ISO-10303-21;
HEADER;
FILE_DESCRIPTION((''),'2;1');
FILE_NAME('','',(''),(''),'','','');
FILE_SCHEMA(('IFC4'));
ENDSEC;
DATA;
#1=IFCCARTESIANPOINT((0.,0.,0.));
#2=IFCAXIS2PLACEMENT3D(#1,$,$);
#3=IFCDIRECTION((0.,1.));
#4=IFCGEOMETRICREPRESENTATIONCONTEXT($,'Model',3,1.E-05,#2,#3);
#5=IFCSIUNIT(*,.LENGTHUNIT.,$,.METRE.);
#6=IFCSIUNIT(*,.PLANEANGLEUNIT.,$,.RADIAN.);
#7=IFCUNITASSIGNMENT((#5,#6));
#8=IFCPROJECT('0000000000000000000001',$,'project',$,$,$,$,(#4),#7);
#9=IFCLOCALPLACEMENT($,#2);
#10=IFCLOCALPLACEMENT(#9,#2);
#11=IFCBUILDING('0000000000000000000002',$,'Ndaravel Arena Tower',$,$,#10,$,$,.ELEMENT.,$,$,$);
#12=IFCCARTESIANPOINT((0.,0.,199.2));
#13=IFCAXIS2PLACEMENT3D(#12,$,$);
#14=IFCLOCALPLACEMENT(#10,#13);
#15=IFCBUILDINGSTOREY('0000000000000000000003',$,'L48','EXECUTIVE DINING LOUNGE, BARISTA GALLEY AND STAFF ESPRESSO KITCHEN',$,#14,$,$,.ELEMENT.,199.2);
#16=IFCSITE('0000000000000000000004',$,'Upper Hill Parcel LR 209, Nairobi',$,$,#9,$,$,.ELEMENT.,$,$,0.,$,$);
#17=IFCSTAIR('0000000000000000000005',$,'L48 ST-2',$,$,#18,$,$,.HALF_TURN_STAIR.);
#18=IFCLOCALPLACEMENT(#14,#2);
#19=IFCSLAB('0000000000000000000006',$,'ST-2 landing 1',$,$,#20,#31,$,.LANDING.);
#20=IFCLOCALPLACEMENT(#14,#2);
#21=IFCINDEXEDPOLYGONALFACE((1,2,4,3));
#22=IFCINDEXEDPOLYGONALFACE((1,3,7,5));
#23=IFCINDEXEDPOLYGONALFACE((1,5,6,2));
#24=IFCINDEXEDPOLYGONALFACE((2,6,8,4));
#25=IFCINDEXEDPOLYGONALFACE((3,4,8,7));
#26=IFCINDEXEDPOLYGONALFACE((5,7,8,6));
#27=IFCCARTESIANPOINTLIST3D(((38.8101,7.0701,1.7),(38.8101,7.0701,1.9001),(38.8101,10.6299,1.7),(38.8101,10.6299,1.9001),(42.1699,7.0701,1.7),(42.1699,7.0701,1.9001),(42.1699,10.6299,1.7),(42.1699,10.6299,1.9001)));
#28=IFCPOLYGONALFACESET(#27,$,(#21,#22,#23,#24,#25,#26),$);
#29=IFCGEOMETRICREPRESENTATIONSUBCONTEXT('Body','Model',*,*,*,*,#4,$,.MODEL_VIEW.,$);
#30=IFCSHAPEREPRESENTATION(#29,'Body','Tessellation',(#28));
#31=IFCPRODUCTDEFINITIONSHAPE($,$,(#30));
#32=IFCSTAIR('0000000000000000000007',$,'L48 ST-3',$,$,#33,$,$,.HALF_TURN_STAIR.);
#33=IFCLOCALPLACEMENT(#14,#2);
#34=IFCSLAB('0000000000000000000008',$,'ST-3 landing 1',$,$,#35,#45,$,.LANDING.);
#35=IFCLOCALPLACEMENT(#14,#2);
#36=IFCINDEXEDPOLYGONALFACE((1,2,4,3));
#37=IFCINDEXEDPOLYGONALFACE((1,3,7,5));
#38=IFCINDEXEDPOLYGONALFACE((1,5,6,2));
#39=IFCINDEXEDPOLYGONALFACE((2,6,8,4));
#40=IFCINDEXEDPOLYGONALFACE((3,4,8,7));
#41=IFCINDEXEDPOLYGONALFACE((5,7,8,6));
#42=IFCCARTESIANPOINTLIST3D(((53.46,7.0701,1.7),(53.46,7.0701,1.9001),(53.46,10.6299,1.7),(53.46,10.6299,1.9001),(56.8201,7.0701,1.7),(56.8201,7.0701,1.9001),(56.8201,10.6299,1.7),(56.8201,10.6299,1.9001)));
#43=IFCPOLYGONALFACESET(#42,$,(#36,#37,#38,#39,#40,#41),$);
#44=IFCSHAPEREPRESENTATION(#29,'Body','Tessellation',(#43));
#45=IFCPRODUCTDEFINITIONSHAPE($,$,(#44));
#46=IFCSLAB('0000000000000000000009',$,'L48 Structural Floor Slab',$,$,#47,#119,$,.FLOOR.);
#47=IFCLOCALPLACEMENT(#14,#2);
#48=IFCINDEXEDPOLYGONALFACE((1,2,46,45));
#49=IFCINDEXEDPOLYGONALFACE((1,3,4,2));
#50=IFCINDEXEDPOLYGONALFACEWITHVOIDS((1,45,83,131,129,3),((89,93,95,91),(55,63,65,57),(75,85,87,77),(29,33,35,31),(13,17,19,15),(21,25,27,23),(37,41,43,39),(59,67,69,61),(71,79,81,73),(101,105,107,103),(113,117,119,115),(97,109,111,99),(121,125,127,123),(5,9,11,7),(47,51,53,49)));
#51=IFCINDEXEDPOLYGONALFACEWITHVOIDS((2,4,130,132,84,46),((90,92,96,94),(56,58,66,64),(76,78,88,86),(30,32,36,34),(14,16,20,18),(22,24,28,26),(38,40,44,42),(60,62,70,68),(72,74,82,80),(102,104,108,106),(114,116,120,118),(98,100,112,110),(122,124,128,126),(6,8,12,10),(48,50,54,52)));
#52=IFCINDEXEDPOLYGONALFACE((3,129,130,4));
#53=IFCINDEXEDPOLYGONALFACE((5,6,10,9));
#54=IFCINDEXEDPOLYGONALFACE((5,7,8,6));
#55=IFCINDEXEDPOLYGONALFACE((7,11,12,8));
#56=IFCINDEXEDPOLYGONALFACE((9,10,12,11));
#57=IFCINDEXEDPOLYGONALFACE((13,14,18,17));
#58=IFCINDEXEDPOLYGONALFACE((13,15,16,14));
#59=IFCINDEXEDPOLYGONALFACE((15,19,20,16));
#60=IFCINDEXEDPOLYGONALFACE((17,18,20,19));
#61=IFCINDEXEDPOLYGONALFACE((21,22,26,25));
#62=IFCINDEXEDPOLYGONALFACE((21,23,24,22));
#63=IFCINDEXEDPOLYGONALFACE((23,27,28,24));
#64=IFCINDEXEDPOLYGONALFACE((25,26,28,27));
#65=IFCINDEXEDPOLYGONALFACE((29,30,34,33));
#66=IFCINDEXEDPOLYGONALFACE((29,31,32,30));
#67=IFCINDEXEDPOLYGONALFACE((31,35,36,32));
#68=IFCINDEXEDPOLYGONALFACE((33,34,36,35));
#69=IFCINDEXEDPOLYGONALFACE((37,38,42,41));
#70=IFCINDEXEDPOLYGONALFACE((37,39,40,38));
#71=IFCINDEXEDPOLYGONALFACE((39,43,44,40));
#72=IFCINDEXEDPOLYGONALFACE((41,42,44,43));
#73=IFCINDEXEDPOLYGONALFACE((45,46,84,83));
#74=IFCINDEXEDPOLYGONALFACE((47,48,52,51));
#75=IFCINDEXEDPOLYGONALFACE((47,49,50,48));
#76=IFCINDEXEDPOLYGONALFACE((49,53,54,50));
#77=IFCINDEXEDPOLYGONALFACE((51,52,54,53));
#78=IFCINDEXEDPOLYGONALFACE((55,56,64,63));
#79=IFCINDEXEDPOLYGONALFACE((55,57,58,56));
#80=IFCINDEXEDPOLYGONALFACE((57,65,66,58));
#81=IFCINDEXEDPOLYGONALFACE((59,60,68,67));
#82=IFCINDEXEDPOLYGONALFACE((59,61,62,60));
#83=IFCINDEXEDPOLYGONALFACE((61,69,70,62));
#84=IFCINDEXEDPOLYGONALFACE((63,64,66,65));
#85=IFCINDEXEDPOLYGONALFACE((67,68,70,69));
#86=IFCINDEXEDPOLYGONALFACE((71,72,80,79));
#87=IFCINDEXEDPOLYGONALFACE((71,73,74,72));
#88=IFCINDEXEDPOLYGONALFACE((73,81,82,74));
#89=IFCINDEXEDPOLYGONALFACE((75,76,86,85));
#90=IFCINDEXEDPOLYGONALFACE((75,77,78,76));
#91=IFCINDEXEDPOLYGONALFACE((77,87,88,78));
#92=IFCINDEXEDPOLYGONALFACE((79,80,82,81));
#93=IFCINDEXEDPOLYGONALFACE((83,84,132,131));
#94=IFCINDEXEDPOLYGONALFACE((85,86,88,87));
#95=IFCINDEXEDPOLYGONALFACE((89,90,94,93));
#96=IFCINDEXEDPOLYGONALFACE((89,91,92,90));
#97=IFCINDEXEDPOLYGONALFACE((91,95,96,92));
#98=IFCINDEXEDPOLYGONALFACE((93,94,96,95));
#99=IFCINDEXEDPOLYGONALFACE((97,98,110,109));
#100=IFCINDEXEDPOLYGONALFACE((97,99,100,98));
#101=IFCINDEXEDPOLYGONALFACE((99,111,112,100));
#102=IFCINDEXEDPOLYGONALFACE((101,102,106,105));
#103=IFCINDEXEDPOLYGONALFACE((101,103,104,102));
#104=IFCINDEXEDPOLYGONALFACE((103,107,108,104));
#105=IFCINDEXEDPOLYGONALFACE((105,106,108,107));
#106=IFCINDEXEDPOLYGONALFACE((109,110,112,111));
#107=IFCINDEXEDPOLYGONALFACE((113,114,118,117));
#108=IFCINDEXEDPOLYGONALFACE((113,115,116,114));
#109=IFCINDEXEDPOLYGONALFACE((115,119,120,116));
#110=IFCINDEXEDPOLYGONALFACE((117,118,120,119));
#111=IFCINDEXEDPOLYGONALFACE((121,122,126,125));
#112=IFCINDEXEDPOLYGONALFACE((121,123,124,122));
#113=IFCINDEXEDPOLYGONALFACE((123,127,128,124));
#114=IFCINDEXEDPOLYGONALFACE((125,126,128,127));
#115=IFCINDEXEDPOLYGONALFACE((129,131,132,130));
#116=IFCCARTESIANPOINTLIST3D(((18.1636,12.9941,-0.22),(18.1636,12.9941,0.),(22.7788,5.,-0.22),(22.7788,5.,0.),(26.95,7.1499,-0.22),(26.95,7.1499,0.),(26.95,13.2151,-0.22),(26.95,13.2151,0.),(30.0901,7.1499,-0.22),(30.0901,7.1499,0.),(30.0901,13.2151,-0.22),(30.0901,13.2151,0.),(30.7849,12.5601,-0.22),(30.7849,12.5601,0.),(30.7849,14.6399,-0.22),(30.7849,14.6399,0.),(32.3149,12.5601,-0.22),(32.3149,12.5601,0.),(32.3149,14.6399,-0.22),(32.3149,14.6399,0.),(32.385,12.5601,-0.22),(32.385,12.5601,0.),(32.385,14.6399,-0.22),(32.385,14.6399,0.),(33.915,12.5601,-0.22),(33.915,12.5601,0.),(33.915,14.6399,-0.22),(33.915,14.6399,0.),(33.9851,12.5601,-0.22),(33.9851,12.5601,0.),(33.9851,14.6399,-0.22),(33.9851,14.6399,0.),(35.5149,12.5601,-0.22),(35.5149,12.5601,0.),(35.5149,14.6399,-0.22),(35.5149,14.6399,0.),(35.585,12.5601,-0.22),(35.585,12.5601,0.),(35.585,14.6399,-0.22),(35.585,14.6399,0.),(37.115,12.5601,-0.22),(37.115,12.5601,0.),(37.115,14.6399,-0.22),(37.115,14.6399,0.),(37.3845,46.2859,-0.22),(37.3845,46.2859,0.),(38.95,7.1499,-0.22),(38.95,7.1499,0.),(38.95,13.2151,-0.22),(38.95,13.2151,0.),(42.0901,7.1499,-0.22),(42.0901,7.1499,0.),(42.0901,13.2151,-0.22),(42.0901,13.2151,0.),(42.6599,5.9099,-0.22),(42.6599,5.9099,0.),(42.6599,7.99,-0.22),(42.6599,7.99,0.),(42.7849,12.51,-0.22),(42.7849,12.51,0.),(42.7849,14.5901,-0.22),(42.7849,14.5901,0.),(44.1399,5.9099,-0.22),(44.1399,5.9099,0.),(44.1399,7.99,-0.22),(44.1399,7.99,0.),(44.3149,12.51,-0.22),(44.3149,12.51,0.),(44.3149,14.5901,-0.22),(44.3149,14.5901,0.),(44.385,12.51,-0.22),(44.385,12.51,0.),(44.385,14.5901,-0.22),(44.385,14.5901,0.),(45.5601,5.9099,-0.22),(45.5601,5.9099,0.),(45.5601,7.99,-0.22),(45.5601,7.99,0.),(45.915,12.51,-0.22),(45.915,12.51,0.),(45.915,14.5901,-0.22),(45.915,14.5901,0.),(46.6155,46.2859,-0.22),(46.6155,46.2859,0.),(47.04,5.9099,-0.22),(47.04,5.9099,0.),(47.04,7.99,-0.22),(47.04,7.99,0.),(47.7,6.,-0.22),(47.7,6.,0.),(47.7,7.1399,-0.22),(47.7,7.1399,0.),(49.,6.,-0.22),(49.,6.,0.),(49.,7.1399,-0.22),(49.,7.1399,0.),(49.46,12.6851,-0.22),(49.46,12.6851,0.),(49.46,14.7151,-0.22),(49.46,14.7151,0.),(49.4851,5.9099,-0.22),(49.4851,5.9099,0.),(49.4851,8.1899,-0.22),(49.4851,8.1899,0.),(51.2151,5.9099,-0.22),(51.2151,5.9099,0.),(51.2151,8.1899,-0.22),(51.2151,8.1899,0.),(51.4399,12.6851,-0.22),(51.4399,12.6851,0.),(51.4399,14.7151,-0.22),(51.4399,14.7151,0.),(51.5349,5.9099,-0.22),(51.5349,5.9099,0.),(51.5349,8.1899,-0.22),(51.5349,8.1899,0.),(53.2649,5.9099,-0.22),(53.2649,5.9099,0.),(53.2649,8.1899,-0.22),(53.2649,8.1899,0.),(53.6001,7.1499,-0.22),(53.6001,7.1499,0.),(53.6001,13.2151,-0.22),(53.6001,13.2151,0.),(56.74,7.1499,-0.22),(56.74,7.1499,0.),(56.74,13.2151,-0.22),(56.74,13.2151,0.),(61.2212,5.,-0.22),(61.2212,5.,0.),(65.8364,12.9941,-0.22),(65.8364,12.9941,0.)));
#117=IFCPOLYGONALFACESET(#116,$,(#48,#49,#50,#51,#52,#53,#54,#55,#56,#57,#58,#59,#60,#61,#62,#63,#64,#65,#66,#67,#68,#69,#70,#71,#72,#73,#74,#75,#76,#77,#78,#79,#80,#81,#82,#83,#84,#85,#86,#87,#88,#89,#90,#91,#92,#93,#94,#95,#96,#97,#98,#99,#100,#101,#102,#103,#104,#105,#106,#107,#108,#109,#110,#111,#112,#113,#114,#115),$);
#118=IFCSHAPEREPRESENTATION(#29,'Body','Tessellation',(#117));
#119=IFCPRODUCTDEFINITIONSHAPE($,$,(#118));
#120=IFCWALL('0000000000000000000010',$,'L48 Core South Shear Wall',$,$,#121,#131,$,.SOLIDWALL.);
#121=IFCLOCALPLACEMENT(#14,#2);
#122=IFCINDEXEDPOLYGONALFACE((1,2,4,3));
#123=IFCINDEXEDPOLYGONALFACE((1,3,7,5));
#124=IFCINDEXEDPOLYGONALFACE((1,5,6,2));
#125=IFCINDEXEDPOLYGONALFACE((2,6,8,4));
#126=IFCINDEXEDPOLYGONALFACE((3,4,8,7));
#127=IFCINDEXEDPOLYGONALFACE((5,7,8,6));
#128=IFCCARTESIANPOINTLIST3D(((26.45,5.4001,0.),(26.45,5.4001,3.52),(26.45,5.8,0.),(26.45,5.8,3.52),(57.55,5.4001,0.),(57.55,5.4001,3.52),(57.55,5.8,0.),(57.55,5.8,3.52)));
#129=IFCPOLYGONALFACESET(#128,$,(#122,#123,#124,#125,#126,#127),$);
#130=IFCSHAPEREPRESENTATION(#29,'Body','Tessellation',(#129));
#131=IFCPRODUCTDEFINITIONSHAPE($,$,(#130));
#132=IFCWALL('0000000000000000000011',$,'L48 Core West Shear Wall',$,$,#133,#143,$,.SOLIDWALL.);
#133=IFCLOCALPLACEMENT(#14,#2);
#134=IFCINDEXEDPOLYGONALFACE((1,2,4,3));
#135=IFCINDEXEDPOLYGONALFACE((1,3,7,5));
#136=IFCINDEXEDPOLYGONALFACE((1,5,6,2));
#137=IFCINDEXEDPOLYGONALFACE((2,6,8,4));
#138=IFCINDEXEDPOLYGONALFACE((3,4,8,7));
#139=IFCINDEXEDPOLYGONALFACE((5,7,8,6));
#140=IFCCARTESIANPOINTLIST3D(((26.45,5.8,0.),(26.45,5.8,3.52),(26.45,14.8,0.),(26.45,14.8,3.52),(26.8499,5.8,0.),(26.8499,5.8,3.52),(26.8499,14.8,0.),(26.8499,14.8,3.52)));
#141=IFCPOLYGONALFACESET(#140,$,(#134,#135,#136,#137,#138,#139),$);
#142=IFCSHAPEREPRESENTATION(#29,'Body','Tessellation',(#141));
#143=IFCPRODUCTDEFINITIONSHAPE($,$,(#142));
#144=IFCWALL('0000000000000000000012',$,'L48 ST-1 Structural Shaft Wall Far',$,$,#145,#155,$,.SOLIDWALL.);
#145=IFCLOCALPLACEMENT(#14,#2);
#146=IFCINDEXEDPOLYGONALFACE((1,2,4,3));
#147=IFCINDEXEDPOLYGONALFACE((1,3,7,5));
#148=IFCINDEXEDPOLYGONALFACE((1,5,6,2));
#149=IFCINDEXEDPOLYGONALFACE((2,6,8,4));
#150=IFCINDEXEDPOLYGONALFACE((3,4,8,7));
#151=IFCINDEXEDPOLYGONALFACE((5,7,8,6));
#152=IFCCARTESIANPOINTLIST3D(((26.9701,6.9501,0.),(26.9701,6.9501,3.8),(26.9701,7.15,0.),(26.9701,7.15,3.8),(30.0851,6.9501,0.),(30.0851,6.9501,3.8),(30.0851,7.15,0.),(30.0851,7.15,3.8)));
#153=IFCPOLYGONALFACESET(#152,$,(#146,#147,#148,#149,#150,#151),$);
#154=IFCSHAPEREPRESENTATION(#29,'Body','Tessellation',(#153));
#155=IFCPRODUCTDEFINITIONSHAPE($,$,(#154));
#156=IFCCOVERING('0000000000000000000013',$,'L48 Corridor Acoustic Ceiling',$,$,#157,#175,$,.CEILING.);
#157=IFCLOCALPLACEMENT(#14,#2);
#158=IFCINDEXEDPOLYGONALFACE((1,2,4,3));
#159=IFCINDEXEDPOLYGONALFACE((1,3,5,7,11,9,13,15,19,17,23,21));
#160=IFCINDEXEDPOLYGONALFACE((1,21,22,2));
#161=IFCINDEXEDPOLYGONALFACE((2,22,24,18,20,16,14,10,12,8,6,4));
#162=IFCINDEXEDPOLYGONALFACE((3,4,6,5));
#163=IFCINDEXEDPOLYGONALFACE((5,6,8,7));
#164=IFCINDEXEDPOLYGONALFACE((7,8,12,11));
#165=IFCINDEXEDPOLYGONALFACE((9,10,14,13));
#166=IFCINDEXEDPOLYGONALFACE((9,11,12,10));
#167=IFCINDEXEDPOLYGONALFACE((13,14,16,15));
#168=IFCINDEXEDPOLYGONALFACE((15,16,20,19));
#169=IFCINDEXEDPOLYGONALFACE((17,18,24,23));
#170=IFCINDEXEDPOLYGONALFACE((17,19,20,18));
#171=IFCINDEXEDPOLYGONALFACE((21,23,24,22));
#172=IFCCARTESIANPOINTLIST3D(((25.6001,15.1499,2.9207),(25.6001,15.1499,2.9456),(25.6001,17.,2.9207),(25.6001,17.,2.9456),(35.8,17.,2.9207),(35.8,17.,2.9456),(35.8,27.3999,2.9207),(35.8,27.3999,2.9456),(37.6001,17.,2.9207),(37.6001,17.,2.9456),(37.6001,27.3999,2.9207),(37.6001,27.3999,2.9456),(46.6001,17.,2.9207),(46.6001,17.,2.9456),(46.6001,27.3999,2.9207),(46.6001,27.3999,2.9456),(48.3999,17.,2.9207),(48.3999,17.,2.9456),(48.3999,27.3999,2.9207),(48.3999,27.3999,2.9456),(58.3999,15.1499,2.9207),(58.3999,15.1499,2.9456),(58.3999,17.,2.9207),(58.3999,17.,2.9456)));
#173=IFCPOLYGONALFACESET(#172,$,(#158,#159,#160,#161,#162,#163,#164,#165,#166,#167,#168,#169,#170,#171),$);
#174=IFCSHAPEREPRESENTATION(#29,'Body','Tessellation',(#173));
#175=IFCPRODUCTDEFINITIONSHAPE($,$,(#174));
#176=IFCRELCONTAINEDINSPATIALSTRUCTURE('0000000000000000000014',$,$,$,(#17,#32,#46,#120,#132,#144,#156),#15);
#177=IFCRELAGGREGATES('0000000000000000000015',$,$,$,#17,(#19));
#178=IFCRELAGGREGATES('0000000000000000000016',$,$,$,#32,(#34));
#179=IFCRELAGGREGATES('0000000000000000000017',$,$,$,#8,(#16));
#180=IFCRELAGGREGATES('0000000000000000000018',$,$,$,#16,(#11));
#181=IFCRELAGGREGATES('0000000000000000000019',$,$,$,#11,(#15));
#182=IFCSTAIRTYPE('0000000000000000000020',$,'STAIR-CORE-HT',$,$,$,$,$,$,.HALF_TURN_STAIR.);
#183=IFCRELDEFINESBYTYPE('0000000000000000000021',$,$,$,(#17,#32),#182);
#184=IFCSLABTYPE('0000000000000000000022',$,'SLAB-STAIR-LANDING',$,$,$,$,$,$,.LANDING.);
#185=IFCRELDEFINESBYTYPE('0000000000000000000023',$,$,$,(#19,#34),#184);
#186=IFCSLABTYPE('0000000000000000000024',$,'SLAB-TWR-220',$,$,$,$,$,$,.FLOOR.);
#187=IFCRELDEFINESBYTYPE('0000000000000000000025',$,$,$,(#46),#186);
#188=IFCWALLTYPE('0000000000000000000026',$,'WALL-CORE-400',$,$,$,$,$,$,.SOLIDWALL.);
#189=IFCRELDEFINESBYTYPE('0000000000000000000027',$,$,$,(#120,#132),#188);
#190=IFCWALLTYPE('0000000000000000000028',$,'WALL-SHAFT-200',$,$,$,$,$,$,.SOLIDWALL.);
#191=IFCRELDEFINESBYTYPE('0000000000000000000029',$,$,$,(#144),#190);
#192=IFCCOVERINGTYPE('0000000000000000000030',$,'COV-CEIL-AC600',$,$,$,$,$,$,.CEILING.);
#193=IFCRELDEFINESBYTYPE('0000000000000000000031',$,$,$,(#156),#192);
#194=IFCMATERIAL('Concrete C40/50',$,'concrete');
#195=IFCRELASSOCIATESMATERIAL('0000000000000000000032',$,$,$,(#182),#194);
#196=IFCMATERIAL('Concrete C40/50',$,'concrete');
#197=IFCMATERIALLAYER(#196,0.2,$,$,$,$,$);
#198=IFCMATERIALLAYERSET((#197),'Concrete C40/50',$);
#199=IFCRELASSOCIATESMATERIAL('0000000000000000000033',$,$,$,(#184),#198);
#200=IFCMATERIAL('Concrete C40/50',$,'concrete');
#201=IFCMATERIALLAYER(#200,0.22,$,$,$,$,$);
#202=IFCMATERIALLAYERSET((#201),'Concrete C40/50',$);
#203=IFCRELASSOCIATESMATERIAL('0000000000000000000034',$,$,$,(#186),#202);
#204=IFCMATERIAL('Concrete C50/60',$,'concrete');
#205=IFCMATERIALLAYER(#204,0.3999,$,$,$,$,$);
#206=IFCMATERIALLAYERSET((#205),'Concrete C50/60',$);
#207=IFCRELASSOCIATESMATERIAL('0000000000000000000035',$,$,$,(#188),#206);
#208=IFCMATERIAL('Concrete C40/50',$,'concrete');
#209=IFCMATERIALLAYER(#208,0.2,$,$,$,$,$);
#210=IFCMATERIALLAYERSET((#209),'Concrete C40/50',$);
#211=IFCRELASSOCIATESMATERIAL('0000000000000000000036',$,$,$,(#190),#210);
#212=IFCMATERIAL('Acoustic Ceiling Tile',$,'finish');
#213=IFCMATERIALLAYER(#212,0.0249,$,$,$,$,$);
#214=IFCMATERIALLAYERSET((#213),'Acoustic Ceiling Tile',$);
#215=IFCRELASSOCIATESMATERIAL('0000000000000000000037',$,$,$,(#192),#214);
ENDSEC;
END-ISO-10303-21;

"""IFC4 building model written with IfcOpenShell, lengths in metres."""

from ifc_helpers import new_model, si_unit, direction, frame, frame_2d, origin, place, context, subcontext, project, spatial, polyline, rectangle, outline, extrude, material, layer, layer_set, type_object, element, aggregate, save


model = new_model("IFC4")

# Units and contexts
model_context = context("Model", 3, precision=1e-05, world=origin(), true_north=direction((0.0, 1.0)))
body_context = subcontext(model_context, "Body", "Model", "MODEL_VIEW")
ifc_project = project(units=[si_unit("LENGTHUNIT", "METRE"), si_unit("PLANEANGLEUNIT", "RADIAN")], contexts=[model_context])

# Site, building, storey
site_placement = place(None, origin())
site = spatial("IfcSite", under=ifc_project, at=site_placement, Name="Upper Hill Parcel LR 209, Nairobi", CompositionType="ELEMENT", RefElevation=0.0)
building_placement = place(site_placement, origin())
building = spatial("IfcBuilding", under=site, at=building_placement, Name="Ndaravel Arena Tower", CompositionType="ELEMENT")
storey_placement = place(building_placement, frame((0.0, 0.0, 199.2)))
storey = spatial("IfcBuildingStorey", under=building, at=storey_placement, Name="L48", Description="EXECUTIVE DINING LOUNGE, BARISTA GALLEY AND STAFF ESPRESSO KITCHEN", CompositionType="ELEMENT", Elevation=199.2)

# Stairs, slabs
ifc_material_1 = material(Name="Concrete C40/50", Category="concrete")
stair_type = type_object("IfcStairType", Name="STAIR-CORE-HT", PredefinedType="HALF_TURN_STAIR", material=ifc_material_1)
ifc_material_2 = material(Name="Concrete C40/50", Category="concrete")
ifc_layer_1 = layer(ifc_material_2, 0.2)
ifc_layer_set_1 = layer_set([ifc_layer_1], Name="Concrete C40/50")
slab_type_1 = type_object("IfcSlabType", Name="SLAB-STAIR-LANDING", PredefinedType="LANDING", material=ifc_layer_set_1)
stair_1_placement = place(storey_placement, origin())
stair_1 = element("IfcStair", 1, at=stair_1_placement, inside=storey, type_object=stair_type, Name="L48 ST-2", PredefinedType="HALF_TURN_STAIR")
slab_1_placement = place(storey_placement, frame((0.0, 0.0, 1.7)))
slab_1 = element("IfcSlab", 2, at=slab_1_placement, type_object=slab_type_1, Name="ST-2 landing 1", PredefinedType="LANDING", context=body_context, shape_type="SweptSolid", body=[
    extrude(outline(polyline([(38.8101, 10.6299), (38.8101, 7.0701), (42.1699, 7.0701), (42.1699, 10.6299), (38.8101, 10.6299)])), origin(), (0.0, 0.0, 1.0), 0.2002),
])
aggregate(stair_1, [slab_1])
stair_2_placement = place(storey_placement, origin())
stair_2 = element("IfcStair", 3, at=stair_2_placement, inside=storey, type_object=stair_type, Name="L48 ST-3", PredefinedType="HALF_TURN_STAIR")
slab_2_placement = place(storey_placement, frame((0.0, 0.0, 1.7)))
slab_2 = element("IfcSlab", 4, at=slab_2_placement, type_object=slab_type_1, Name="ST-3 landing 1", PredefinedType="LANDING", context=body_context, shape_type="SweptSolid", body=[
    extrude(outline(polyline([(53.46, 10.6299), (53.46, 7.0701), (56.8201, 7.0701), (56.8201, 10.6299), (53.46, 10.6299)])), origin(), (0.0, 0.0, 1.0), 0.2002),
])
aggregate(stair_2, [slab_2])

# Slab
ifc_material_3 = material(Name="Concrete C40/50", Category="concrete")
ifc_layer_2 = layer(ifc_material_3, 0.22)
ifc_layer_set_2 = layer_set([ifc_layer_2], Name="Concrete C40/50")
slab_type_2 = type_object("IfcSlabType", Name="SLAB-TWR-220", PredefinedType="FLOOR", material=ifc_layer_set_2)
slab_3_placement = place(storey_placement, frame((0.0, 0.0, -0.22)))
element("IfcSlab", 5, at=slab_3_placement, inside=storey, type_object=slab_type_2, Name="L48 Structural Floor Slab", PredefinedType="FLOOR", context=body_context, shape_type="SweptSolid", body=[
    extrude(outline(polyline([(18.1636, 12.9941), (22.7788, 5.0), (61.2212, 5.0), (65.8364, 12.9941), (46.6155, 46.2859), (37.3845, 46.2859), (18.1636, 12.9941)]), holes=[polyline([(26.95, 13.2151), (26.95, 7.1499), (30.0901, 7.1499), (30.0901, 13.2151), (26.95, 13.2151)]), polyline([(38.95, 13.2151), (38.95, 7.1499), (42.0901, 7.1499), (42.0901, 13.2151), (38.95, 13.2151)]), polyline([(53.6001, 13.2151), (53.6001, 7.1499), (56.74, 7.1499), (56.74, 13.2151), (53.6001, 13.2151)]), polyline([(30.7849, 12.5601), (32.3149, 12.5601), (32.3149, 14.6399), (30.7849, 14.6399), (30.7849, 12.5601)]), polyline([(32.385, 12.5601), (33.915, 12.5601), (33.915, 14.6399), (32.385, 14.6399), (32.385, 12.5601)]), polyline([(33.9851, 12.5601), (35.5149, 12.5601), (35.5149, 14.6399), (33.9851, 14.6399), (33.9851, 12.5601)]), polyline([(35.585, 12.5601), (37.115, 12.5601), (37.115, 14.6399), (35.585, 14.6399), (35.585, 12.5601)]), polyline([(42.6599, 5.9099), (44.1399, 5.9099), (44.1399, 7.99), (42.6599, 7.99), (42.6599, 5.9099)]), polyline([(45.5601, 5.9099), (47.04, 5.9099), (47.04, 7.99), (45.5601, 7.99), (45.5601, 5.9099)]), polyline([(42.7849, 12.51), (44.3149, 12.51), (44.3149, 14.5901), (42.7849, 14.5901), (42.7849, 12.51)]), polyline([(44.385, 12.51), (45.915, 12.51), (45.915, 14.5901), (44.385, 14.5901), (44.385, 12.51)]), polyline([(49.4851, 5.9099), (51.2151, 5.9099), (51.2151, 8.1899), (49.4851, 8.1899), (49.4851, 5.9099)]), polyline([(51.5349, 5.9099), (53.2649, 5.9099), (53.2649, 8.1899), (51.5349, 8.1899), (51.5349, 5.9099)]), polyline([(49.46, 12.6851), (51.4399, 12.6851), (51.4399, 14.7151), (49.46, 14.7151), (49.46, 12.6851)]), polyline([(47.7, 6.0), (49.0, 6.0), (49.0, 7.1399), (47.7, 7.1399), (47.7, 6.0)])]), origin(), (0.0, 0.0, 1.0), 0.22),
])

# Walls
ifc_material_4 = material(Name="Concrete C50/60", Category="concrete")
ifc_layer_3 = layer(ifc_material_4, 0.3999)
ifc_layer_set_3 = layer_set([ifc_layer_3], Name="Concrete C50/60")
wall_type_1 = type_object("IfcWallType", Name="WALL-CORE-400", PredefinedType="SOLIDWALL", material=ifc_layer_set_3)
wall_1_placement = place(storey_placement, frame((26.45, 5.6001, 0.0), z_axis=(0.0, 0.0, 1.0), x_axis=(1.0, 0.0, 0.0)))
element("IfcWall", 6, at=wall_1_placement, inside=storey, type_object=wall_type_1, Name="L48 Core South Shear Wall", PredefinedType="SOLIDWALL", context=body_context, shape_type="SweptSolid", body=[
    extrude(rectangle(XDim=31.1001, YDim=0.3999, at=frame_2d((15.55, 0.0))), origin(), (0.0, 0.0, 1.0), 3.52),
])
wall_2_placement = place(storey_placement, frame((26.6499, 5.8, 0.0), z_axis=(0.0, 0.0, 1.0), x_axis=(0.0, 1.0, 0.0)))
element("IfcWall", 7, at=wall_2_placement, inside=storey, type_object=wall_type_1, Name="L48 Core West Shear Wall", PredefinedType="SOLIDWALL", context=body_context, shape_type="SweptSolid", body=[
    extrude(rectangle(XDim=9.0, YDim=0.3999, at=frame_2d((4.5, 0.0))), origin(), (0.0, 0.0, 1.0), 3.52),
])
ifc_material_5 = material(Name="Concrete C40/50", Category="concrete")
ifc_layer_4 = layer(ifc_material_5, 0.2)
ifc_layer_set_4 = layer_set([ifc_layer_4], Name="Concrete C40/50")
wall_type_2 = type_object("IfcWallType", Name="WALL-SHAFT-200", PredefinedType="SOLIDWALL", material=ifc_layer_set_4)
wall_3_placement = place(storey_placement, frame((26.97, 7.05, 0.0), z_axis=(0.0, 0.0, 1.0), x_axis=(1.0, 0.0, 0.0)))
element("IfcWall", 8, at=wall_3_placement, inside=storey, type_object=wall_type_2, Name="L48 ST-1 Structural Shaft Wall Far", PredefinedType="SOLIDWALL", context=body_context, shape_type="SweptSolid", body=[
    extrude(rectangle(XDim=3.115, YDim=0.2, at=frame_2d((1.5576, 0.0))), origin(), (0.0, 0.0, 1.0), 3.8),
])

# Covering
ifc_material_6 = material(Name="Acoustic Ceiling Tile", Category="finish")
ifc_layer_5 = layer(ifc_material_6, 0.0249)
ifc_layer_set_5 = layer_set([ifc_layer_5], Name="Acoustic Ceiling Tile")
covering_type_1 = type_object("IfcCoveringType", Name="COV-CEIL-AC600", PredefinedType="CEILING", material=ifc_layer_set_5)
covering_1_placement = place(storey_placement, frame((0.0, 0.0, 2.9207)))
element("IfcCovering", 9, at=covering_1_placement, inside=storey, type_object=covering_type_1, Name="L48 Corridor Acoustic Ceiling", PredefinedType="CEILING", context=body_context, shape_type="SweptSolid", body=[
    extrude(outline(polyline([(58.3999, 17.0), (48.3999, 17.0), (48.3999, 27.3999), (46.6001, 27.3999), (46.6001, 17.0), (37.6001, 17.0), (37.6001, 27.3999), (35.8, 27.3999), (35.8, 17.0), (25.6001, 17.0), (25.6001, 15.1499), (58.3999, 15.1499), (58.3999, 17.0)])), origin(), (0.0, 0.0, 1.0), 0.0249),
])

save(model, "model.ifc")
